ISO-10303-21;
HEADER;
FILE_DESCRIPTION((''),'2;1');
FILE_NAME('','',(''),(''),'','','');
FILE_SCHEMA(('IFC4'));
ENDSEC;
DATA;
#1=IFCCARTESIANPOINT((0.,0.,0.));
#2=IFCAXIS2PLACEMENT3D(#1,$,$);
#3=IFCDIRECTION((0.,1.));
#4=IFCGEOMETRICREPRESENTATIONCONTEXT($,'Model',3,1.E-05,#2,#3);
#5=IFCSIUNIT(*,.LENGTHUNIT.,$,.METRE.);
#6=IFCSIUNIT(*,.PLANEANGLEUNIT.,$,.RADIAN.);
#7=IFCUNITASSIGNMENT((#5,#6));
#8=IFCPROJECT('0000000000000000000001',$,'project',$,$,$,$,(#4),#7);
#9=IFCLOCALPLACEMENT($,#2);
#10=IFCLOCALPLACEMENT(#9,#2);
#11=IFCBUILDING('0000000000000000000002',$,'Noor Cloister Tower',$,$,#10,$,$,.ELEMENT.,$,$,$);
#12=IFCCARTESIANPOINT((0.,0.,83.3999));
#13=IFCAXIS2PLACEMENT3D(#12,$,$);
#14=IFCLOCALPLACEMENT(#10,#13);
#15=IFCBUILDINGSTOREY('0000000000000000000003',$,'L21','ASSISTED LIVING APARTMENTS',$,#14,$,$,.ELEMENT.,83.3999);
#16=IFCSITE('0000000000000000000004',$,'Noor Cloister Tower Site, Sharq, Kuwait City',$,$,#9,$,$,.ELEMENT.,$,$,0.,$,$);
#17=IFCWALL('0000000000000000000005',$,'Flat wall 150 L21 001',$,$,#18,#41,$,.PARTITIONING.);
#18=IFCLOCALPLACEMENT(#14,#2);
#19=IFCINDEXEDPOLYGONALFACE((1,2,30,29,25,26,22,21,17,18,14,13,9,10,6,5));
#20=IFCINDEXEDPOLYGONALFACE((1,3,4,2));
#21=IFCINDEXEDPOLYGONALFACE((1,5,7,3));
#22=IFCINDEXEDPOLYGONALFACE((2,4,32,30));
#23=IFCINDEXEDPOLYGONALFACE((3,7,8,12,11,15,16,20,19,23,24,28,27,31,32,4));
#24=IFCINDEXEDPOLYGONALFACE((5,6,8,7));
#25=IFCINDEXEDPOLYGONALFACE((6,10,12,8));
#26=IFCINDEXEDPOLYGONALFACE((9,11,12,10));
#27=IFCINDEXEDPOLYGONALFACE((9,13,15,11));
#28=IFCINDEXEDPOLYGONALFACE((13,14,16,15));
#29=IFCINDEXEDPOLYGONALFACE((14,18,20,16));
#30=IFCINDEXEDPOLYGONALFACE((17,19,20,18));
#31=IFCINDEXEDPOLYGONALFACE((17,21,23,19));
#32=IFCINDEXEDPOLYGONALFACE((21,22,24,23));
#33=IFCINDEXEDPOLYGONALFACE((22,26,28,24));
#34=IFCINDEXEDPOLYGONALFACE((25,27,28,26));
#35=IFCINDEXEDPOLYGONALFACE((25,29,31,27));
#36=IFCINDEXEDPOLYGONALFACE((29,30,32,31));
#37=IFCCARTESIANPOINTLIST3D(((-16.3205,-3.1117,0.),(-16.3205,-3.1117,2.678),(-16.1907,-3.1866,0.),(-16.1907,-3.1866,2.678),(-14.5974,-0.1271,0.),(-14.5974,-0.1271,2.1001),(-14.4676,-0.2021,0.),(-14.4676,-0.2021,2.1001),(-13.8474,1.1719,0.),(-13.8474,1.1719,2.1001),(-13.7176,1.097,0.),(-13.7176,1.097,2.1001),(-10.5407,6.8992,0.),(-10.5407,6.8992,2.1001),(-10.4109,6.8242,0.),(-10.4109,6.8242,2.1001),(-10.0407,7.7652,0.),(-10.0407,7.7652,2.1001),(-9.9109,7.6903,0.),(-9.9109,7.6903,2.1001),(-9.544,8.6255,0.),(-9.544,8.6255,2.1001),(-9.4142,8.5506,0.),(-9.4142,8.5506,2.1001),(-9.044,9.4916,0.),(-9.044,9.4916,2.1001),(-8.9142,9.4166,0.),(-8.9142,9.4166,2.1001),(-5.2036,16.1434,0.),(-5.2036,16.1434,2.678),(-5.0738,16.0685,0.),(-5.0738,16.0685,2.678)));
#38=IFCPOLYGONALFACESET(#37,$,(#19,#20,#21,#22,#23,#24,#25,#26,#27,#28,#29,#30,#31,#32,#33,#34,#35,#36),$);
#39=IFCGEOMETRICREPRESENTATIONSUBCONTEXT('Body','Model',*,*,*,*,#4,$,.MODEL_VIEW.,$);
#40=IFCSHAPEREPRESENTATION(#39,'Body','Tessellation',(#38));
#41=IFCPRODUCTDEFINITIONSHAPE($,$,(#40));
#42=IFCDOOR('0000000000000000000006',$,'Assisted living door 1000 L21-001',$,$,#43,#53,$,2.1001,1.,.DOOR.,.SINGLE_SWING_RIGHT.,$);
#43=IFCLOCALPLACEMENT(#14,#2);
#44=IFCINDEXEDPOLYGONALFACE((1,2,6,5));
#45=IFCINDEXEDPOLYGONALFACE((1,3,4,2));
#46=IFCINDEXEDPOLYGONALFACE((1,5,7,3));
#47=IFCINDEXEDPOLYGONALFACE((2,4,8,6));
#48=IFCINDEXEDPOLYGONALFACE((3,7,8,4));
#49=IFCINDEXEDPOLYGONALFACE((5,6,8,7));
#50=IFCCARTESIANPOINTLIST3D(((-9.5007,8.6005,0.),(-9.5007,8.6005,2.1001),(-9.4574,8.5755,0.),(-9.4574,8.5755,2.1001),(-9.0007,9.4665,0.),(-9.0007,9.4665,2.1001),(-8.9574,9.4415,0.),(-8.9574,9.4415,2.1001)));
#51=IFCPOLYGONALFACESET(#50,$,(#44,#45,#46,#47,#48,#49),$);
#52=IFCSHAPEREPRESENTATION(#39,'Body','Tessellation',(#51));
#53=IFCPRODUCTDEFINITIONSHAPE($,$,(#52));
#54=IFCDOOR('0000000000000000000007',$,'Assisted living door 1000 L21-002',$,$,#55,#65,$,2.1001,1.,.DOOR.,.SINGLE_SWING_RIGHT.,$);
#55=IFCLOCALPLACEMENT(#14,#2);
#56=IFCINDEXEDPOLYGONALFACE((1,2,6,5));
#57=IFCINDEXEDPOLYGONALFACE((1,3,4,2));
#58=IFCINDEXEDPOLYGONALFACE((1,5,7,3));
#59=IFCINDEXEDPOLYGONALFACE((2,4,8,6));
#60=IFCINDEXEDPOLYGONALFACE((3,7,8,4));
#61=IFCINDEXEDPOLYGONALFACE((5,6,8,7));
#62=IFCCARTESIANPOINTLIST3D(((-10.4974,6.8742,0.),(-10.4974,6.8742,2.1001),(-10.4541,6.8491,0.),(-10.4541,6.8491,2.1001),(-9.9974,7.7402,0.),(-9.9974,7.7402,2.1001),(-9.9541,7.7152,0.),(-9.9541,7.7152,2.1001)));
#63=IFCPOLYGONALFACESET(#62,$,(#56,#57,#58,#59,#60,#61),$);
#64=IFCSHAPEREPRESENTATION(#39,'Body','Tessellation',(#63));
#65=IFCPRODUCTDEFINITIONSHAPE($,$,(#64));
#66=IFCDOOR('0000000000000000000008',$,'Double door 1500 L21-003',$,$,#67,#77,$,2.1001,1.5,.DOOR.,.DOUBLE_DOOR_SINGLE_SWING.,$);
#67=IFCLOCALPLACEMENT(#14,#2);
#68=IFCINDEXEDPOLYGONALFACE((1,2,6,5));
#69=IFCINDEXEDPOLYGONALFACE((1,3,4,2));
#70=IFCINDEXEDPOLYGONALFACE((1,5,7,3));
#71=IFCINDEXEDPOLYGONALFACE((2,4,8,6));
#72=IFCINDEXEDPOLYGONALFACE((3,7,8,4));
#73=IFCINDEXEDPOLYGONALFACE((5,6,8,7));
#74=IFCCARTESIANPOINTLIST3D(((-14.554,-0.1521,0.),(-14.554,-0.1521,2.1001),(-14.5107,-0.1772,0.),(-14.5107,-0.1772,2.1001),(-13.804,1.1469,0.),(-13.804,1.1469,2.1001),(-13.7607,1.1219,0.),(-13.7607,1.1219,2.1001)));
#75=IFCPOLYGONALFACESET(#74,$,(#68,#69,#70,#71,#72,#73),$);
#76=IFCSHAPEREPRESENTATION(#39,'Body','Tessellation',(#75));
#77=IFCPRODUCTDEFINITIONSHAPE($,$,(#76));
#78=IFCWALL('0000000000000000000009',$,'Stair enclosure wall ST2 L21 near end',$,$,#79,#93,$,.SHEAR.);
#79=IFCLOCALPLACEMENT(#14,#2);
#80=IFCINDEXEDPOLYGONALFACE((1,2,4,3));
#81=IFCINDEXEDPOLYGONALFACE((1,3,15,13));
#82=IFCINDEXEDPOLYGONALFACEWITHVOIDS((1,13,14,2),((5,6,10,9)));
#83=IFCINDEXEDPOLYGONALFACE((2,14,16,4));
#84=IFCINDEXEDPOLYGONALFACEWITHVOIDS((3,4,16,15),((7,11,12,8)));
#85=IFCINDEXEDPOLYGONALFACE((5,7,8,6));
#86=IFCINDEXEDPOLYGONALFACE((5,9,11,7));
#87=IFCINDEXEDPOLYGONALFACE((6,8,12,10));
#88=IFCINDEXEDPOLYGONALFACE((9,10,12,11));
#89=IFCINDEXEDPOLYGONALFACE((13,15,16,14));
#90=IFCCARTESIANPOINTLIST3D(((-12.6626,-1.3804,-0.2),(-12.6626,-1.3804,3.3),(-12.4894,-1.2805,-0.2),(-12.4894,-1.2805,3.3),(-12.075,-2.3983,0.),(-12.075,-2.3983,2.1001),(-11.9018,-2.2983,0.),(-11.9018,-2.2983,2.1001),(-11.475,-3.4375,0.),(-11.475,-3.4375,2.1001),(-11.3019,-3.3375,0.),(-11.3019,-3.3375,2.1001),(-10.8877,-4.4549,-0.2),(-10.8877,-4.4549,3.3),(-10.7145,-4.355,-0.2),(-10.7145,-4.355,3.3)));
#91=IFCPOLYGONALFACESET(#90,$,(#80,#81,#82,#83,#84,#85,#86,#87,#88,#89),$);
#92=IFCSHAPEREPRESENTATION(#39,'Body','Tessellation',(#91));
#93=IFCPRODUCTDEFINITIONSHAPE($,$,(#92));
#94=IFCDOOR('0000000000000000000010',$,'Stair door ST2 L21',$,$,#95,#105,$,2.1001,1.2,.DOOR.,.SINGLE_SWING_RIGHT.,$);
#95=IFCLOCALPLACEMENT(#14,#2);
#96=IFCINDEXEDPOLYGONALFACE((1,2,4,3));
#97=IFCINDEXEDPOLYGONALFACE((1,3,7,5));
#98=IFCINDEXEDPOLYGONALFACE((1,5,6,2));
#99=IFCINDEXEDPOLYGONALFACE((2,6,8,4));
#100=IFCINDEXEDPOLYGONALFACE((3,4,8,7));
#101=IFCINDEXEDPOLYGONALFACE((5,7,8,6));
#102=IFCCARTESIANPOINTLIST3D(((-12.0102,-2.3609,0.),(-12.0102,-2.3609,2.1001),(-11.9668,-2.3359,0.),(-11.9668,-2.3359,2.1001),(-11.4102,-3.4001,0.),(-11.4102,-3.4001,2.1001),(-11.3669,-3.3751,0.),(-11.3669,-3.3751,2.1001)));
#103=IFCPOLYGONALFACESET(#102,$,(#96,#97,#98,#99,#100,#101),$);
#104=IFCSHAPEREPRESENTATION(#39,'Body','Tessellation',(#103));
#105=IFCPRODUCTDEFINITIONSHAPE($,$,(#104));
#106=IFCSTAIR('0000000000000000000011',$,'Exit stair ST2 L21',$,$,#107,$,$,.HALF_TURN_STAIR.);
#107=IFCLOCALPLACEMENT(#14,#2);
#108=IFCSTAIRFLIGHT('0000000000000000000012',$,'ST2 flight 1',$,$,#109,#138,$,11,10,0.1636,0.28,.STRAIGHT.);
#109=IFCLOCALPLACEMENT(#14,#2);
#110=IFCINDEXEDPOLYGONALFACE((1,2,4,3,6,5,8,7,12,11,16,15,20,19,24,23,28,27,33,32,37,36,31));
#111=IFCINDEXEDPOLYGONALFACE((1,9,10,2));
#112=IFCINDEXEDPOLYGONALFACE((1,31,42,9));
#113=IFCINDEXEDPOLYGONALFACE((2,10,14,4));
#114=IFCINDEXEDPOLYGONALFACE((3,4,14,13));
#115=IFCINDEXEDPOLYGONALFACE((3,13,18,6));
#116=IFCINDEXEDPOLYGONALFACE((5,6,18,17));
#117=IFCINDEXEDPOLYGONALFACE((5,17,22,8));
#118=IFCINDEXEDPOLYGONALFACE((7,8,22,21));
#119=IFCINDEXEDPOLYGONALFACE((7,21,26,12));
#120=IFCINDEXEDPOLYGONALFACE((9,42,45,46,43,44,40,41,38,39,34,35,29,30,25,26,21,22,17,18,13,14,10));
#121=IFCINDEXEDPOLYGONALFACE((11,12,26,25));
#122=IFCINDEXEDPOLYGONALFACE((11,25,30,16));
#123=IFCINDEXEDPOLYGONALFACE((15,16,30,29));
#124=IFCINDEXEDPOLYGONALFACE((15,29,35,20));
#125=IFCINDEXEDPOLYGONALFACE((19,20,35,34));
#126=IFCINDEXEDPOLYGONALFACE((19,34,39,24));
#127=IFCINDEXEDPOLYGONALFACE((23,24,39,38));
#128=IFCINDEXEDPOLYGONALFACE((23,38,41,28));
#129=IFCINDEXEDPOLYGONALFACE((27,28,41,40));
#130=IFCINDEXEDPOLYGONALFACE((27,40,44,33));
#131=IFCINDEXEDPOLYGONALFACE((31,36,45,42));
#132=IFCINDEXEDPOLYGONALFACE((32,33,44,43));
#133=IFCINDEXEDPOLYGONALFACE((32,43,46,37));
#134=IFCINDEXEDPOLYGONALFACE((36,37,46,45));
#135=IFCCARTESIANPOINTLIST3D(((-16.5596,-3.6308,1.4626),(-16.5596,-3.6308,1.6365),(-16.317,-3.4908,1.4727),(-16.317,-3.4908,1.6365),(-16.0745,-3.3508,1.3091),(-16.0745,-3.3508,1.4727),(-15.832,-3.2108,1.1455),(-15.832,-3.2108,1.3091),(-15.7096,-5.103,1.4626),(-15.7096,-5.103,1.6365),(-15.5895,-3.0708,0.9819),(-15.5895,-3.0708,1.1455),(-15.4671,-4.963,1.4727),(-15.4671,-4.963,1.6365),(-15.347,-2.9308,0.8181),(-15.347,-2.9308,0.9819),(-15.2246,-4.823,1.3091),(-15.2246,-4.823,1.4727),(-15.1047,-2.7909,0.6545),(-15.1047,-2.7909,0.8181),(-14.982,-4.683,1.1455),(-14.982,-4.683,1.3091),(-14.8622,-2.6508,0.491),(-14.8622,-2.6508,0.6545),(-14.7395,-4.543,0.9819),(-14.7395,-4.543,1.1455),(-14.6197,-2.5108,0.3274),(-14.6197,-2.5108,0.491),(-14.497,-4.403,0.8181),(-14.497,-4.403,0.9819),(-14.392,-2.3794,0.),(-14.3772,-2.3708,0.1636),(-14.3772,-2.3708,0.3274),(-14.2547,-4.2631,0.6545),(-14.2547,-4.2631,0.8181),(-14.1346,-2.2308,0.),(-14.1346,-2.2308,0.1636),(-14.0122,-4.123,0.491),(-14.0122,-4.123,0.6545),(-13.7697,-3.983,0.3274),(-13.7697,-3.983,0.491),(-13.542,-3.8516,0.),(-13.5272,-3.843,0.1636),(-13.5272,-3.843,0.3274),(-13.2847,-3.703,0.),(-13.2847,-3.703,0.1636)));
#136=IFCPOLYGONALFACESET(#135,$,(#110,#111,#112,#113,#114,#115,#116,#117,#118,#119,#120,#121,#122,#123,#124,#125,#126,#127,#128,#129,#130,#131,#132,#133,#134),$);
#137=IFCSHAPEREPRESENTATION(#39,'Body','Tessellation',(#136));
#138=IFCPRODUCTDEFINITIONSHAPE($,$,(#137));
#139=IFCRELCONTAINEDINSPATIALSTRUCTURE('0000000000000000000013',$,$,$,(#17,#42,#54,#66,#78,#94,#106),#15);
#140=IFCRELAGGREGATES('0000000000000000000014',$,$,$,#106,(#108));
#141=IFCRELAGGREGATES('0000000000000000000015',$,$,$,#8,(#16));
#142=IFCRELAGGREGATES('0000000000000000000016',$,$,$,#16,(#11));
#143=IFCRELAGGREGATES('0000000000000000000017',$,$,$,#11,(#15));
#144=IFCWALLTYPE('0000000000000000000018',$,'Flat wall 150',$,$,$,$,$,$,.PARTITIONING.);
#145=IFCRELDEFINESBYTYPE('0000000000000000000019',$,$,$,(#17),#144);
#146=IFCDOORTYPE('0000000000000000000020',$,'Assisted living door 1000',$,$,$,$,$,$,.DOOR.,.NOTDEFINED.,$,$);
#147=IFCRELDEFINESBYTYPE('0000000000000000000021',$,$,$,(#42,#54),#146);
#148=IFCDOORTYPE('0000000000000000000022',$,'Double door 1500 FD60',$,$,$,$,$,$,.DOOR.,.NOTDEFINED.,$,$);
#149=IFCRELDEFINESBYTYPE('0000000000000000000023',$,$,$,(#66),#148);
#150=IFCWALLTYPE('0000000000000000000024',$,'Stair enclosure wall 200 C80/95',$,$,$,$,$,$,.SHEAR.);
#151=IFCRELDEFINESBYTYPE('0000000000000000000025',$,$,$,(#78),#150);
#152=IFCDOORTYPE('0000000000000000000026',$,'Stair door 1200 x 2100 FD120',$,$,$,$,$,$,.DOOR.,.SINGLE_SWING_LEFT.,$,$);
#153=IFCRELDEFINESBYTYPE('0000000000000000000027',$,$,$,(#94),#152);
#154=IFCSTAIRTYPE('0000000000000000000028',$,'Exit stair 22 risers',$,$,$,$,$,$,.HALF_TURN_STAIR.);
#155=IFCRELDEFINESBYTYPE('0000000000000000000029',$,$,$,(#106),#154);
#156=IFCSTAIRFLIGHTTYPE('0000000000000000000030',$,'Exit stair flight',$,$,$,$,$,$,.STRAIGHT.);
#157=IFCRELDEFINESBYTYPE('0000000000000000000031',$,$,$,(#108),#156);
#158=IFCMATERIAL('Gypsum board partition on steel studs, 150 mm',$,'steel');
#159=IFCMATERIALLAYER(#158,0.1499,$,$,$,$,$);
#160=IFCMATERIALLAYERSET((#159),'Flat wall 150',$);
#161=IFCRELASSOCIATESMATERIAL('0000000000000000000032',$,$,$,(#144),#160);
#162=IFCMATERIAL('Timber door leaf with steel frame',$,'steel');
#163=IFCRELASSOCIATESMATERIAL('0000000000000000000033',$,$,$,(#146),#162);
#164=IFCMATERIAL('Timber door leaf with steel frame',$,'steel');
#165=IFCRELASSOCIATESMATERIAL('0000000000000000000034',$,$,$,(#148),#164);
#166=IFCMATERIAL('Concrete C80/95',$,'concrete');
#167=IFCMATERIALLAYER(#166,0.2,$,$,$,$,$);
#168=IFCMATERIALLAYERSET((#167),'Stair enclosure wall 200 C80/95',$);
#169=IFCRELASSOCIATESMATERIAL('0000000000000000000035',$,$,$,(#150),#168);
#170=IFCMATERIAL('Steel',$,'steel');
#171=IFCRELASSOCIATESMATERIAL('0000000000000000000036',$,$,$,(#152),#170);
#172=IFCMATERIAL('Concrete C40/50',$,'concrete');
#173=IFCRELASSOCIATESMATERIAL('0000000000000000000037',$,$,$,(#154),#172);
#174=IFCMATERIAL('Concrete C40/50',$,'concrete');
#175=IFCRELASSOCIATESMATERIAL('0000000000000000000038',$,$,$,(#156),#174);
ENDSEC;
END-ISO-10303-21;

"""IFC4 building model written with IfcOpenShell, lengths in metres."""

from ifc_helpers import new_model, si_unit, direction, frame, frame_2d, origin, place, context, subcontext, project, spatial, polyline, rectangle, outline, extrude, material, layer, layer_set, type_object, element, fill, aggregate, save


model = new_model("IFC4")

# Units and contexts
model_context = context("Model", 3, precision=1e-05, world=origin(), true_north=direction((0.0, 1.0)))
body_context = subcontext(model_context, "Body", "Model", "MODEL_VIEW")
ifc_project = project(units=[si_unit("LENGTHUNIT", "METRE"), si_unit("PLANEANGLEUNIT", "RADIAN")], contexts=[model_context])

# Site, building, storey
site_placement = place(None, origin())
site = spatial("IfcSite", under=ifc_project, at=site_placement, Name="Noor Cloister Tower Site, Sharq, Kuwait City", CompositionType="ELEMENT", RefElevation=0.0)
building_placement = place(site_placement, origin())
building = spatial("IfcBuilding", under=site, at=building_placement, Name="Noor Cloister Tower", CompositionType="ELEMENT")
storey_placement = place(building_placement, frame((0.0, 0.0, 83.3999)))
storey = spatial("IfcBuildingStorey", under=building, at=storey_placement, Name="L21", Description="ASSISTED LIVING APARTMENTS", CompositionType="ELEMENT", Elevation=83.3999)

# Wall, openings, doors
ifc_material_1 = material(Name="Gypsum board partition on steel studs, 150 mm", Category="steel")
ifc_layer_1 = layer(ifc_material_1, 0.1499)
ifc_layer_set_1 = layer_set([ifc_layer_1], Name="Flat wall 150")
wall_type_1 = type_object("IfcWallType", Name="Flat wall 150", PredefinedType="PARTITIONING", material=ifc_layer_set_1)
wall_1_placement = place(storey_placement, frame((-16.2556, -3.1492, 0.0), z_axis=(0.0, 0.0, 1.0), x_axis=(0.5, 0.866026, 0.0)))
wall_1 = element("IfcWall", 1, at=wall_1_placement, inside=storey, type_object=wall_type_1, Name="Flat wall 150 L21 001", PredefinedType="PARTITIONING", context=body_context, shape_type="SweptSolid", body=[
    extrude(rectangle(XDim=22.2339, YDim=0.1499, at=frame_2d((11.1169, 0.0))), origin(), (0.0, 0.0, 1.0), 2.678),
])
opening_1_placement = place(wall_1_placement, frame((13.553, 0.0, 0.0)))
opening_1 = element("IfcOpeningElement", 2, at=opening_1_placement, cuts=wall_1, PredefinedType="OPENING", context=body_context, shape_type="SweptSolid", body=[
    extrude(rectangle(XDim=1.0, YDim=2.1001, at=frame_2d((0.5, 1.05))), frame((0.0, 0.085, 0.0), z_axis=(0.0, -1.0, 0.0), x_axis=(1.0, 0.0, 0.0)), (0.0, 0.0, 1.0), 0.1699),
])
opening_2_placement = place(wall_1_placement, frame((11.5596, 0.0, 0.0)))
opening_2 = element("IfcOpeningElement", 3, at=opening_2_placement, cuts=wall_1, PredefinedType="OPENING", context=body_context, shape_type="SweptSolid", body=[
    extrude(rectangle(XDim=1.0, YDim=2.1001, at=frame_2d((0.5, 1.05))), frame((0.0, 0.085, 0.0), z_axis=(0.0, -1.0, 0.0), x_axis=(1.0, 0.0, 0.0)), (0.0, 0.0, 1.0), 0.1699),
])
opening_3_placement = place(wall_1_placement, frame((3.4463, 0.0, 0.0)))
opening_3 = element("IfcOpeningElement", 4, at=opening_3_placement, cuts=wall_1, PredefinedType="OPENING", context=body_context, shape_type="SweptSolid", body=[
    extrude(rectangle(XDim=1.5, YDim=2.1001, at=frame_2d((0.75, 1.05))), frame((0.0, 0.085, 0.0), z_axis=(0.0, -1.0, 0.0), x_axis=(1.0, 0.0, 0.0)), (0.0, 0.0, 1.0), 0.1699),
])
ifc_material_2 = material(Name="Timber door leaf with steel frame", Category="steel")
door_type_1 = type_object("IfcDoorType", Name="Assisted living door 1000", OperationType="NOTDEFINED", PredefinedType="DOOR", material=ifc_material_2)
door_1_placement = place(opening_1_placement, origin())
door_1 = element("IfcDoor", 5, at=door_1_placement, inside=storey, type_object=door_type_1, Name="Assisted living door 1000 L21-001", OperationType="SINGLE_SWING_RIGHT", OverallHeight=2.1001, OverallWidth=1.0, PredefinedType="DOOR", context=body_context, shape_type="SweptSolid", body=[
    extrude(rectangle(XDim=1.0, YDim=2.1001, at=frame_2d((0.5, 1.05))), frame((0.0, 0.0249, 0.0), z_axis=(0.0, -1.0, 0.0), x_axis=(1.0, 0.0, 0.0)), (0.0, 0.0, 1.0), 0.05),
])
fill(opening_1, door_1)
door_2_placement = place(opening_2_placement, origin())
door_2 = element("IfcDoor", 6, at=door_2_placement, inside=storey, type_object=door_type_1, Name="Assisted living door 1000 L21-002", OperationType="SINGLE_SWING_RIGHT", OverallHeight=2.1001, OverallWidth=1.0, PredefinedType="DOOR", context=body_context, shape_type="SweptSolid", body=[
    extrude(rectangle(XDim=1.0, YDim=2.1001, at=frame_2d((0.5, 1.05))), frame((0.0, 0.0249, 0.0), z_axis=(0.0, -1.0, 0.0), x_axis=(1.0, 0.0, 0.0)), (0.0, 0.0, 1.0), 0.05),
])
fill(opening_2, door_2)
ifc_material_3 = material(Name="Timber door leaf with steel frame", Category="steel")
door_type_2 = type_object("IfcDoorType", Name="Double door 1500 FD60", OperationType="NOTDEFINED", PredefinedType="DOOR", material=ifc_material_3)
door_3_placement = place(opening_3_placement, origin())
door_3 = element("IfcDoor", 7, at=door_3_placement, inside=storey, type_object=door_type_2, Name="Double door 1500 L21-003", OperationType="DOUBLE_DOOR_SINGLE_SWING", OverallHeight=2.1001, OverallWidth=1.5, PredefinedType="DOOR", context=body_context, shape_type="SweptSolid", body=[
    extrude(rectangle(XDim=1.5, YDim=2.1001, at=frame_2d((0.75, 1.05))), frame((0.0, 0.0249, 0.0), z_axis=(0.0, -1.0, 0.0), x_axis=(1.0, 0.0, 0.0)), (0.0, 0.0, 1.0), 0.05),
])
fill(opening_3, door_3)

# Wall, opening, door
ifc_material_4 = material(Name="Concrete C80/95", Category="concrete")
ifc_layer_2 = layer(ifc_material_4, 0.2)
ifc_layer_set_2 = layer_set([ifc_layer_2], Name="Stair enclosure wall 200 C80/95")
wall_type_2 = type_object("IfcWallType", Name="Stair enclosure wall 200 C80/95", PredefinedType="SHEAR", material=ifc_layer_set_2)
wall_2_placement = place(storey_placement, frame((-12.5759, -1.3306, -0.2), z_axis=(0.0, 0.0, 1.0), x_axis=(0.49997, -0.866042, 0.0)))
wall_2 = element("IfcWall", 8, at=wall_2_placement, inside=storey, type_object=wall_type_2, Name="Stair enclosure wall ST2 L21 near end", PredefinedType="SHEAR", context=body_context, shape_type="SweptSolid", body=[
    extrude(rectangle(XDim=3.55, YDim=0.2, at=frame_2d((1.7749, 0.0))), origin(), (0.0, 0.0, 1.0), 3.5),
])
opening_4_placement = place(wall_2_placement, frame((1.175, 0.0, 0.2)))
opening_4 = element("IfcOpeningElement", 9, at=opening_4_placement, cuts=wall_2, PredefinedType="OPENING", context=body_context, shape_type="SweptSolid", body=[
    extrude(rectangle(XDim=1.2, YDim=2.1001, at=frame_2d((0.6001, 1.05))), frame((0.0, 0.1099, 0.0), z_axis=(0.0, -1.0, 0.0), x_axis=(1.0, 0.0, 0.0)), (0.0, 0.0, 1.0), 0.22),
])
ifc_material_5 = material(Name="Steel", Category="steel")
door_type_3 = type_object("IfcDoorType", Name="Stair door 1200 x 2100 FD120", OperationType="SINGLE_SWING_LEFT", PredefinedType="DOOR", material=ifc_material_5)
door_4_placement = place(opening_4_placement, origin())
door_4 = element("IfcDoor", 10, at=door_4_placement, inside=storey, type_object=door_type_3, Name="Stair door ST2 L21", OperationType="SINGLE_SWING_RIGHT", OverallHeight=2.1001, OverallWidth=1.2, PredefinedType="DOOR", context=body_context, shape_type="SweptSolid", body=[
    extrude(rectangle(XDim=1.2, YDim=2.1001, at=frame_2d((0.6001, 1.05))), frame((0.0, 0.0249, 0.0), z_axis=(0.0, -1.0, 0.0), x_axis=(1.0, 0.0, 0.0)), (0.0, 0.0, 1.0), 0.05),
])
fill(opening_4, door_4)

# Stair, stair flight
ifc_material_6 = material(Name="Concrete C40/50", Category="concrete")
stair_type = type_object("IfcStairType", Name="Exit stair 22 risers", PredefinedType="HALF_TURN_STAIR", material=ifc_material_6)
stair_placement = place(storey_placement, origin())
stair = element("IfcStair", 11, at=stair_placement, inside=storey, type_object=stair_type, Name="Exit stair ST2 L21", PredefinedType="HALF_TURN_STAIR")
ifc_material_7 = material(Name="Concrete C40/50", Category="concrete")
stair_flight_type = type_object("IfcStairFlightType", Name="Exit stair flight", PredefinedType="STRAIGHT", material=ifc_material_7)
stair_flight_1_placement = place(storey_placement, frame((-13.7097, -2.9668, 0.0), z_axis=(0.0, 0.0, 1.0), x_axis=(-0.866025, -0.5, 0.0)))
stair_flight_1 = element("IfcStairFlight", 12, at=stair_flight_1_placement, type_object=stair_flight_type, Name="ST2 flight 1", NumberOfRisers=11, NumberOfTreads=10, PredefinedType="STRAIGHT", RiserHeight=0.1636, TreadLength=0.28, context=body_context, shape_type="SweptSolid", body=[
    extrude(outline(polyline([(0.0, 0.0), (0.0, 0.1636), (0.28, 0.1636), (0.28, 0.3274), (0.5601, 0.3274), (0.5601, 0.491), (0.8401, 0.491), (0.8401, 0.6545), (1.1201, 0.6545), (1.1201, 0.8181), (1.3999, 0.8181), (1.3999, 0.9819), (1.6799, 0.9819), (1.6799, 1.1455), (1.96, 1.1455), (1.96, 1.3091), (2.24, 1.3091), (2.24, 1.4727), (2.52, 1.4727), (2.52, 1.6365), (2.8, 1.6365), (2.8, 1.8), (2.8, 1.4626), (0.2971, 0.0), (0.0, 0.0)])), frame((0.0, 0.8501, 0.0), z_axis=(0.0, -1.0, 0.0), x_axis=(1.0, 0.0, 0.0)), (0.0, 0.0, 1.0), 1.7),
])
aggregate(stair, [stair_flight_1])

save(model, "model.ifc")
